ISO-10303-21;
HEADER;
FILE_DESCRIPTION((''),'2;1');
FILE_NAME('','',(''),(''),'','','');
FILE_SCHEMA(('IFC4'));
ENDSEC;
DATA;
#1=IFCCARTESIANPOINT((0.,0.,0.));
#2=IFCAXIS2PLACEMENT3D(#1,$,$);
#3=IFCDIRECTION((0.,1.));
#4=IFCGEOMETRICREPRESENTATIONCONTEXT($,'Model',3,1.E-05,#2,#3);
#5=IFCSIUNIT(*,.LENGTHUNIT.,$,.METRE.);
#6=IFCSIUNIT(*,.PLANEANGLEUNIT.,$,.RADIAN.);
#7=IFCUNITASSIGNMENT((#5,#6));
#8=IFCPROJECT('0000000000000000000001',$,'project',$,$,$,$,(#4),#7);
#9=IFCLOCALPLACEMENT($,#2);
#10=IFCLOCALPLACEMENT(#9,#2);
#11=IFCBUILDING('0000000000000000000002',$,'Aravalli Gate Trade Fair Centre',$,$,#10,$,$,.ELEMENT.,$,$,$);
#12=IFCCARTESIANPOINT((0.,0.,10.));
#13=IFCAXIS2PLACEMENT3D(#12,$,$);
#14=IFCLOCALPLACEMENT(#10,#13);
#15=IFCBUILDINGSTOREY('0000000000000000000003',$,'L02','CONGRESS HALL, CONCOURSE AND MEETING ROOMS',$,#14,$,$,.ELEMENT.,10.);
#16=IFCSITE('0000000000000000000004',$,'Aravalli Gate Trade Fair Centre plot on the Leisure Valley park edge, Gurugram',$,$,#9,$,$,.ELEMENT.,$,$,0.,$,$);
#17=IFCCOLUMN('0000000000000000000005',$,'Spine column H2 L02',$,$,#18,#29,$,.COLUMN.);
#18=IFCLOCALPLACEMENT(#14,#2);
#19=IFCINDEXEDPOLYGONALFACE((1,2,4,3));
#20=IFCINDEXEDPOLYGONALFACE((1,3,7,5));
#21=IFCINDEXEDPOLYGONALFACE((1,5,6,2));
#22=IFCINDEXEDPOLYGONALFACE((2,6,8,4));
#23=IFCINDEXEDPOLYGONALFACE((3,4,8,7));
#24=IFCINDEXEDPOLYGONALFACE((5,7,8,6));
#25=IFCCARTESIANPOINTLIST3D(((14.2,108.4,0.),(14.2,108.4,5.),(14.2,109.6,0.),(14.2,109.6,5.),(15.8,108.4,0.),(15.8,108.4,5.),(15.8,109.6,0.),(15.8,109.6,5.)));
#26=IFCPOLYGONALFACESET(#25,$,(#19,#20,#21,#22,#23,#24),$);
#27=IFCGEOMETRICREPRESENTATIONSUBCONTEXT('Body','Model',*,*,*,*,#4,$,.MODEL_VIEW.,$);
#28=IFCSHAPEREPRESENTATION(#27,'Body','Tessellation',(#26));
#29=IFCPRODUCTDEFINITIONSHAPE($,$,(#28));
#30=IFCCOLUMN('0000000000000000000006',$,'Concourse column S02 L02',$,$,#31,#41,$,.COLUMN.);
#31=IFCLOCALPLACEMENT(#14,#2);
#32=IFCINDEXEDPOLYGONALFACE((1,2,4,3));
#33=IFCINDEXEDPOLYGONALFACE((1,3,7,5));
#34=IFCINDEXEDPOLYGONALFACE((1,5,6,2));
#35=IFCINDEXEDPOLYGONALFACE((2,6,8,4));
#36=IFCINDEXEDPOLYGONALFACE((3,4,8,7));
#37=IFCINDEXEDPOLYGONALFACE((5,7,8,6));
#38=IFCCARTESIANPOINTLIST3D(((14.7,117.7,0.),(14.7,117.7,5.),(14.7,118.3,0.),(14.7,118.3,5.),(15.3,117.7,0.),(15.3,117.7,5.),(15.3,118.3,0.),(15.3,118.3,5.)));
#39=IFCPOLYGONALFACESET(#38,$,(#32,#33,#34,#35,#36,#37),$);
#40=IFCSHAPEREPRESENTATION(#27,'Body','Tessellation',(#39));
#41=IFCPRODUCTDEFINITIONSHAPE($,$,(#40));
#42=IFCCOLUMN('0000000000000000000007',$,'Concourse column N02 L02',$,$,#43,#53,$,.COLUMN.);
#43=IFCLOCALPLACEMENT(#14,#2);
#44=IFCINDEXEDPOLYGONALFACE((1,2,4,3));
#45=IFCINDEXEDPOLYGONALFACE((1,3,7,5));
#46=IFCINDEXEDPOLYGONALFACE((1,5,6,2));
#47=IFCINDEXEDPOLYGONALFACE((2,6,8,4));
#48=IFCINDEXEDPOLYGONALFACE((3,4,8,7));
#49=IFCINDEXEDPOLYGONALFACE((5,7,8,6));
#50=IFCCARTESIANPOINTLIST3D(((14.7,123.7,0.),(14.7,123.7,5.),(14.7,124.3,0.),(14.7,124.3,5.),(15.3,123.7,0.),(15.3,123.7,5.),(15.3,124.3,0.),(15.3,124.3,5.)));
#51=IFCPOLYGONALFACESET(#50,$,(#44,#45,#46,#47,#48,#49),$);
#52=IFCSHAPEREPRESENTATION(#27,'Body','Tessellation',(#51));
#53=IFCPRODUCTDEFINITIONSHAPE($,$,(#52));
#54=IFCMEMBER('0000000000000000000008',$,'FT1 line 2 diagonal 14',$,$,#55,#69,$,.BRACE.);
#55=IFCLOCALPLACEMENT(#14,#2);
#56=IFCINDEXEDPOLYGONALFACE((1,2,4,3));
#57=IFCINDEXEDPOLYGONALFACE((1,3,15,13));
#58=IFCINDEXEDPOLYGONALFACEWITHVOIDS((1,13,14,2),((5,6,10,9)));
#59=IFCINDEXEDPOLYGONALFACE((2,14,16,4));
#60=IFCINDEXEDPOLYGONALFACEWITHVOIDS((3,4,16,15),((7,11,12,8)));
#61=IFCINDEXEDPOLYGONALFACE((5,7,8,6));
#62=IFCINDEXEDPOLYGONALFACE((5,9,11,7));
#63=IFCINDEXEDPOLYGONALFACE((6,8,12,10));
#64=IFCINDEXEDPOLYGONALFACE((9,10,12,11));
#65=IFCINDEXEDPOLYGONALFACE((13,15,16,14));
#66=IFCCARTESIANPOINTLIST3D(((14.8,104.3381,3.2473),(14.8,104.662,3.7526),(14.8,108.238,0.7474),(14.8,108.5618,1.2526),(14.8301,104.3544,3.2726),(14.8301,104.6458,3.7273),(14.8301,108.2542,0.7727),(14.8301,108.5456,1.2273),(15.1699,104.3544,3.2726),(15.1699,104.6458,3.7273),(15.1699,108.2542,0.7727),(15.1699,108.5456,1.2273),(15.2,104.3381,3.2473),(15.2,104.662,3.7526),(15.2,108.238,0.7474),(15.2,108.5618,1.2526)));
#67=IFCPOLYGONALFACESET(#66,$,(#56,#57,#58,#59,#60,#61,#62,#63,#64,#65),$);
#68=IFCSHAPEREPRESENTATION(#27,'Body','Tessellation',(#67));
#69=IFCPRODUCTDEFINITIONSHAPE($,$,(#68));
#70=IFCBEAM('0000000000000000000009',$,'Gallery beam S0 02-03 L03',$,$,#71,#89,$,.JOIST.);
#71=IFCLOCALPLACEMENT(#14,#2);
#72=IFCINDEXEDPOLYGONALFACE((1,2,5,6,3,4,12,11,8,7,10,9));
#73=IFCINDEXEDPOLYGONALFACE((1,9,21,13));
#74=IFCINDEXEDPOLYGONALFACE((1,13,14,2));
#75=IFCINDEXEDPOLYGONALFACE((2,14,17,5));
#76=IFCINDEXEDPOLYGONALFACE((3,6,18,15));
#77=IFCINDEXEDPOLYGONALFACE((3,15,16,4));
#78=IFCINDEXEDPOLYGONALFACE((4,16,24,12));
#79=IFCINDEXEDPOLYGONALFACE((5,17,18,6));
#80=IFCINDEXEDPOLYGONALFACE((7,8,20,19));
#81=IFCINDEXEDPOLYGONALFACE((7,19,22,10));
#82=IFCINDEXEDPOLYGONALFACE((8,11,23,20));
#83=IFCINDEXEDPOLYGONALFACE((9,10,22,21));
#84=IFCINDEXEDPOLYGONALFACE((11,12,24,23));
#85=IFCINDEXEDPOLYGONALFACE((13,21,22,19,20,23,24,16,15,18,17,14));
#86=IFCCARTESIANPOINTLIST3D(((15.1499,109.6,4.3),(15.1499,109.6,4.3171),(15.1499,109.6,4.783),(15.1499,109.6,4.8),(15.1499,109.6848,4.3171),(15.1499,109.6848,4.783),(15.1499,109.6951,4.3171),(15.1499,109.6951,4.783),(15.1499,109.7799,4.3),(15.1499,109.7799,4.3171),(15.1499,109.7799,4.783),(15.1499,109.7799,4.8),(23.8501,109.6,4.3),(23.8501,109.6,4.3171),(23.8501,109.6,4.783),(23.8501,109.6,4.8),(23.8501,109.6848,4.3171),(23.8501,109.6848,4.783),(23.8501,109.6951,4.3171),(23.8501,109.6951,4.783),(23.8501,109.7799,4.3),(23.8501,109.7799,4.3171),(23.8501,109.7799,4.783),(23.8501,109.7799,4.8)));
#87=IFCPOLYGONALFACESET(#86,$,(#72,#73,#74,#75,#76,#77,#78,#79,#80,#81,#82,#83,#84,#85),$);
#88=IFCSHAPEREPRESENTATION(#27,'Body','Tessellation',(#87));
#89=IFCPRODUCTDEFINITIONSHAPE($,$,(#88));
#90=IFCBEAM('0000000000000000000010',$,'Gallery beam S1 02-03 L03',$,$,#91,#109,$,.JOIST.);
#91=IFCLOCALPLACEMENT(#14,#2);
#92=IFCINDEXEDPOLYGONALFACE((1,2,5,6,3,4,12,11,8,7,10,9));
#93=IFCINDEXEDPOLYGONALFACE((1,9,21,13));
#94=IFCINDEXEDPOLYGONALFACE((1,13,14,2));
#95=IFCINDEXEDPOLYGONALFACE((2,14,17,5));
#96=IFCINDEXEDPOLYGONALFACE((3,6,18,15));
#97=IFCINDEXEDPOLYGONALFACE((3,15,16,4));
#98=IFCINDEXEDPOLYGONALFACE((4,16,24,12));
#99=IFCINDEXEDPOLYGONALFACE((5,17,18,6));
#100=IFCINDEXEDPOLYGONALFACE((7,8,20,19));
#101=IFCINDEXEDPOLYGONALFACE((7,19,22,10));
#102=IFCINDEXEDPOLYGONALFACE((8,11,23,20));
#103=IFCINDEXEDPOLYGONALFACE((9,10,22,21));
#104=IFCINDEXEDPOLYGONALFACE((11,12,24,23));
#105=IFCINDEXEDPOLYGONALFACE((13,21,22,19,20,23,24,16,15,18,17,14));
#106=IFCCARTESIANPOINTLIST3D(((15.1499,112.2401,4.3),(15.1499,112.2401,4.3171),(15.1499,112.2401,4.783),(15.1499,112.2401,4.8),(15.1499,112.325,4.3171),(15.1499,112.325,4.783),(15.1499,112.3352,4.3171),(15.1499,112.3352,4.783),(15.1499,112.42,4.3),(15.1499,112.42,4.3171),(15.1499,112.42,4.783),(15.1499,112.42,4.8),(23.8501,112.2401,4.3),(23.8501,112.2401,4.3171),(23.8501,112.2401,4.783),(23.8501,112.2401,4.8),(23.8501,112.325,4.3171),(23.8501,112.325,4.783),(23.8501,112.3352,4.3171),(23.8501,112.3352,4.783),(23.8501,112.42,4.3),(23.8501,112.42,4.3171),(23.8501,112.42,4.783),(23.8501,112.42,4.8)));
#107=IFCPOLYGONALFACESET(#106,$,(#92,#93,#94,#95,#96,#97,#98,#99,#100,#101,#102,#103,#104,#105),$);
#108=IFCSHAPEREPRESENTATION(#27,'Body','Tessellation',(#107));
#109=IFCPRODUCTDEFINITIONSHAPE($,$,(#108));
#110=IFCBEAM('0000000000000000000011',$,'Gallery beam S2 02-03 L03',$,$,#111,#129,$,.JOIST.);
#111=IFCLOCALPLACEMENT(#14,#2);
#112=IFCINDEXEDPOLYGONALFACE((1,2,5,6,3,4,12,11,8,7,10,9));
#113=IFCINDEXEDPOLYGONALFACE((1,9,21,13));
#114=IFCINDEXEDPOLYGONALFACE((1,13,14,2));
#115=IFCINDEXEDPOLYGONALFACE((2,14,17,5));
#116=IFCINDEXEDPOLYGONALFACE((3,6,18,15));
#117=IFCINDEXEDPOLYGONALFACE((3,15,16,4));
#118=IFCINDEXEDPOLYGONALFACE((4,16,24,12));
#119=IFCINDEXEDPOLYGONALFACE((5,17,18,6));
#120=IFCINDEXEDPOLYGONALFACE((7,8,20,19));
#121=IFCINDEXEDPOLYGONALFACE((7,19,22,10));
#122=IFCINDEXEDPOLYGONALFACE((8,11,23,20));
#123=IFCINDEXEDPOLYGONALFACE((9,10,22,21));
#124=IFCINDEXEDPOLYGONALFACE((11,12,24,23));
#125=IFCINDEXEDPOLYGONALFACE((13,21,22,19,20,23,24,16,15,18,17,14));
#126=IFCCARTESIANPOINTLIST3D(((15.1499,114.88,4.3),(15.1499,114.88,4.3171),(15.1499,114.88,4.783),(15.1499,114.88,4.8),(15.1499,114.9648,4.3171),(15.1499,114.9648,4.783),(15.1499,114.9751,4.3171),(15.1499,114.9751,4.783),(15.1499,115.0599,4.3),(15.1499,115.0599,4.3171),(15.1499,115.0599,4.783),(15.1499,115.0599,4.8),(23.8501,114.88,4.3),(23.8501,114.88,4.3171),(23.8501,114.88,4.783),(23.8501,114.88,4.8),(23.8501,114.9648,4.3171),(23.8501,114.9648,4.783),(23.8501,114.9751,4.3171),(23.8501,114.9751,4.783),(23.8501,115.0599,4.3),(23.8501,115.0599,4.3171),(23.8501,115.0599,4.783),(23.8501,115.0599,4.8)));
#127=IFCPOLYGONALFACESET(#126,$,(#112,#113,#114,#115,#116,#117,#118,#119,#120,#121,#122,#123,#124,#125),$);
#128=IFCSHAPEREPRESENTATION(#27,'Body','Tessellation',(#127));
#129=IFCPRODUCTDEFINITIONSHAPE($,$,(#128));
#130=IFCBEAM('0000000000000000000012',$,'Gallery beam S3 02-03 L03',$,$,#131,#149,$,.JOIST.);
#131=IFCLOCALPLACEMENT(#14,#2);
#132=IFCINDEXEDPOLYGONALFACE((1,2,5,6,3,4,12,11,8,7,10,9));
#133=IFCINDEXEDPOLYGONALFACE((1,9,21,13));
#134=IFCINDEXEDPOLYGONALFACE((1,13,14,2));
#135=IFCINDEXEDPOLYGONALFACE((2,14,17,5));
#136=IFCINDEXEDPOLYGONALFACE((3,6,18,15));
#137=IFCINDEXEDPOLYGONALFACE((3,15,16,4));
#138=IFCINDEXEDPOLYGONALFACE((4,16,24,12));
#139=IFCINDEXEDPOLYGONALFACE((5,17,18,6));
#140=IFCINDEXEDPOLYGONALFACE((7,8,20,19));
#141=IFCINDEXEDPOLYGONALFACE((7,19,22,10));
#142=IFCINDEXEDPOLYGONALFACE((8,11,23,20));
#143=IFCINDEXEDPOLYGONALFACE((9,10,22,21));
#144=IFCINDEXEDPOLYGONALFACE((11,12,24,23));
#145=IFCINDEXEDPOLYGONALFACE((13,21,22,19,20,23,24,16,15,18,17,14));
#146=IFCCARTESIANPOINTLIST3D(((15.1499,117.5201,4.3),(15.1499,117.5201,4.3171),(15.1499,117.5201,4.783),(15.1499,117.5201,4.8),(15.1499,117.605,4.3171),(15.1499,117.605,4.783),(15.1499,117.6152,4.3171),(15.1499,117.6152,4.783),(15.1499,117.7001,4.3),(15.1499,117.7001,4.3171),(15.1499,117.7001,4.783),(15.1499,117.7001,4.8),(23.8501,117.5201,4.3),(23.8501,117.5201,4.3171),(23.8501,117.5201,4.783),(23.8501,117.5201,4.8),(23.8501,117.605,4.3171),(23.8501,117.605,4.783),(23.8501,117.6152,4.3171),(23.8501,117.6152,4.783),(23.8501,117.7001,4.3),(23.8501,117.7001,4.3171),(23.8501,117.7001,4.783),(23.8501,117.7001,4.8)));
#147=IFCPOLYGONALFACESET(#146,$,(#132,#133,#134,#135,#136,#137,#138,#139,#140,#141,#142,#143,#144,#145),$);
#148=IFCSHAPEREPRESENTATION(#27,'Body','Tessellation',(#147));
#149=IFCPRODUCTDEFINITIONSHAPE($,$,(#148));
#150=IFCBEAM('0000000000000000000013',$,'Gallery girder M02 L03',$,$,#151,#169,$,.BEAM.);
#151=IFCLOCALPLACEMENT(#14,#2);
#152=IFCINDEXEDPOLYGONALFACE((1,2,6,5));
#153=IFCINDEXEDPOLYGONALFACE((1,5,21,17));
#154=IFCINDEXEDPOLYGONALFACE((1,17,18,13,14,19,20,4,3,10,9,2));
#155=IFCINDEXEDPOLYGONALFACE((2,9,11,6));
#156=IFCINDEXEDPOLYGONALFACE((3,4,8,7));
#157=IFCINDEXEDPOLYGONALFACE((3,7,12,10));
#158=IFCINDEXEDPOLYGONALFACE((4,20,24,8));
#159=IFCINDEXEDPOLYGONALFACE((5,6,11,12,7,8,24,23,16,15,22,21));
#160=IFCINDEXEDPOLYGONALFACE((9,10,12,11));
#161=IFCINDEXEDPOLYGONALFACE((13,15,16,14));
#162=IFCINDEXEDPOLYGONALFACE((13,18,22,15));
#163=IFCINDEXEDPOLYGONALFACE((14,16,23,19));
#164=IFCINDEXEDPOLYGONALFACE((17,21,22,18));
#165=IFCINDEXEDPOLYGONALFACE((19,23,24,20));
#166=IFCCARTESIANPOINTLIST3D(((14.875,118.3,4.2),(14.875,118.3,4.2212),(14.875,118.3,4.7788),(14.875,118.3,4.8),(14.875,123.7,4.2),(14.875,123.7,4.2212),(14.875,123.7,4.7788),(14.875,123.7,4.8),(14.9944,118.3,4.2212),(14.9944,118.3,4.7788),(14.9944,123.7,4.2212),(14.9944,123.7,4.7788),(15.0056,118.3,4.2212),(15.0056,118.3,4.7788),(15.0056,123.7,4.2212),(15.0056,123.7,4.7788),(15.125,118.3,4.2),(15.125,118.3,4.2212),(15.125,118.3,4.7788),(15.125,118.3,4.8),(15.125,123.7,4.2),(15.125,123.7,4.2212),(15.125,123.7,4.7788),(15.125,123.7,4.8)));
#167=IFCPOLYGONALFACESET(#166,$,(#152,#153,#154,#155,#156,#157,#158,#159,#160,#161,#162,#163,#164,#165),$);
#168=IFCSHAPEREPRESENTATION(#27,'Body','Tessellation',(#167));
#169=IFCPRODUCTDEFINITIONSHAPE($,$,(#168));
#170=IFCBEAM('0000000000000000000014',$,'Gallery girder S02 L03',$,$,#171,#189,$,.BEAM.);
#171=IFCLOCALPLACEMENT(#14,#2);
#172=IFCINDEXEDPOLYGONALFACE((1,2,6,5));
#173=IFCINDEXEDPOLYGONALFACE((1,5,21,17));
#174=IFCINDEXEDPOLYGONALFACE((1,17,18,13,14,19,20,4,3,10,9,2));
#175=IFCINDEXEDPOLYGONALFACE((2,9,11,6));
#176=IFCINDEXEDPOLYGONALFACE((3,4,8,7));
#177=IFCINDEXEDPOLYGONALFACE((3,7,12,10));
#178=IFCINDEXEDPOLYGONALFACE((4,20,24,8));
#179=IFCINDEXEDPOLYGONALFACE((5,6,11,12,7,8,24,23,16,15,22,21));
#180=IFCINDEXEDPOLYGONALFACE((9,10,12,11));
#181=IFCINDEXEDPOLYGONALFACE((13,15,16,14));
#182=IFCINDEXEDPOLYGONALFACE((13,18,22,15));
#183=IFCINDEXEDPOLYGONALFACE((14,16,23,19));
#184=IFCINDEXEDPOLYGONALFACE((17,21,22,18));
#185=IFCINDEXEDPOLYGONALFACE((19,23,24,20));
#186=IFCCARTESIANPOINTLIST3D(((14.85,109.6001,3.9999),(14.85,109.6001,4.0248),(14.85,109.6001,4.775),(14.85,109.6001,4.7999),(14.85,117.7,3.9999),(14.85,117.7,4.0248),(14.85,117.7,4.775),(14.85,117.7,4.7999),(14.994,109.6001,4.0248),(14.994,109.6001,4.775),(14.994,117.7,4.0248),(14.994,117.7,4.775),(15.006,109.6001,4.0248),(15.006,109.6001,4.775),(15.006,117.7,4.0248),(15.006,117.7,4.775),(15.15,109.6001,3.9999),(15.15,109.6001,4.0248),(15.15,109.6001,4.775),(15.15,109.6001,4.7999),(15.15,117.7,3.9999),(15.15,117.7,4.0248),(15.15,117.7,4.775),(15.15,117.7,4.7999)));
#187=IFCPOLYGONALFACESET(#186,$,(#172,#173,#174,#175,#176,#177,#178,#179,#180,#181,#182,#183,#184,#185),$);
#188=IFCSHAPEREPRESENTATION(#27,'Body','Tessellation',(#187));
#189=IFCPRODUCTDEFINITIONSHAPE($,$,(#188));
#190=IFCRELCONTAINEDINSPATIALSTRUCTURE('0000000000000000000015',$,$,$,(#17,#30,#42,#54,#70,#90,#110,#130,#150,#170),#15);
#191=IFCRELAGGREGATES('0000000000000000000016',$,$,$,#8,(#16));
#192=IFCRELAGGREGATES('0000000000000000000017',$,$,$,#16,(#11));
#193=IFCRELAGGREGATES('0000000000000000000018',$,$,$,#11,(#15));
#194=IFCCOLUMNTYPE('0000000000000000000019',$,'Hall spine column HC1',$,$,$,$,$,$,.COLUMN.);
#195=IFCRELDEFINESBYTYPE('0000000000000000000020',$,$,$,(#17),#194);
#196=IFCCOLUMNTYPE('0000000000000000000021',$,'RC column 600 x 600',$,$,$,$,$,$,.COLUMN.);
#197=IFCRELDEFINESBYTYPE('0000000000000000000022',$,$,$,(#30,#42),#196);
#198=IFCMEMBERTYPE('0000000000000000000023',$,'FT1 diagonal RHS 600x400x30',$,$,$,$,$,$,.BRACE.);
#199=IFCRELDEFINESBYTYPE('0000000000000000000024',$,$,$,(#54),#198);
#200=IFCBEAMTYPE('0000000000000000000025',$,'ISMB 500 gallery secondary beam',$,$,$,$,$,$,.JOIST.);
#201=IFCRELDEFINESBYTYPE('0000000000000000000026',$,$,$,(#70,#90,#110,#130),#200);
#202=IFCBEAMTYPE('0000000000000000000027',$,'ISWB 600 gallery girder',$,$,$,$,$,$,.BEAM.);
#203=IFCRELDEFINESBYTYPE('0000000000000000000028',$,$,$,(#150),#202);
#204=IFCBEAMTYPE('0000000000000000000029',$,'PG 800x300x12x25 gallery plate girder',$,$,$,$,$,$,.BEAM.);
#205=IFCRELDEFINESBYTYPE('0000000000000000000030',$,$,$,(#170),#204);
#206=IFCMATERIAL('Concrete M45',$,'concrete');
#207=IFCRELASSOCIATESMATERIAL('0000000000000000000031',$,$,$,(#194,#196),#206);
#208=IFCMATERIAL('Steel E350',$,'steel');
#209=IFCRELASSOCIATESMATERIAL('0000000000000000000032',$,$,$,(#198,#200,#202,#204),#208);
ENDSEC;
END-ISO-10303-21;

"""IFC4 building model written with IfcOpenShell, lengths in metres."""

from ifc_helpers import new_model, si_unit, direction, frame, origin, origin_2d, place, context, subcontext, project, spatial, rectangle, hollow_rectangle, i_section, extrude, material, material_profile, profile_set, type_object, element, save


model = new_model("IFC4")

# Units and contexts
model_context = context("Model", 3, precision=1e-05, world=origin(), true_north=direction((0.0, 1.0)))
body_context = subcontext(model_context, "Body", "Model", "MODEL_VIEW")
ifc_project = project(units=[si_unit("LENGTHUNIT", "METRE"), si_unit("PLANEANGLEUNIT", "RADIAN")], contexts=[model_context])

# Site, building, storey
site_placement = place(None, origin())
site = spatial("IfcSite", under=ifc_project, at=site_placement, Name="Aravalli Gate Trade Fair Centre plot on the Leisure Valley park edge, Gurugram", CompositionType="ELEMENT", RefElevation=0.0)
building_placement = place(site_placement, origin())
building = spatial("IfcBuilding", under=site, at=building_placement, Name="Aravalli Gate Trade Fair Centre", CompositionType="ELEMENT")
storey_placement = place(building_placement, frame((0.0, 0.0, 10.0)))
storey = spatial("IfcBuildingStorey", under=building, at=storey_placement, Name="L02", Description="CONGRESS HALL, CONCOURSE AND MEETING ROOMS", CompositionType="ELEMENT", Elevation=10.0)

# Columns
ifc_material_1 = material(Name="Concrete M45", Category="concrete")
ifc_material_profile_1 = material_profile(ifc_material_1, rectangle(XDim=1.6001, YDim=1.2, at=origin_2d()), Name="RC 1600x1200")
ifc_profile_set_1 = profile_set([ifc_material_profile_1], Name="Concrete M45")
column_type_1 = type_object("IfcColumnType", Name="Hall spine column HC1", PredefinedType="COLUMN", material=ifc_profile_set_1)
column_placement = place(storey_placement, frame((15.0, 109.0, 0.0), z_axis=(0.0, 0.0, 1.0), x_axis=(1.0, 0.0, 0.0)))
element("IfcColumn", 1, at=column_placement, inside=storey, type_object=column_type_1, Name="Spine column H2 L02", PredefinedType="COLUMN", context=body_context, shape_type="SweptSolid", body=[
    extrude(rectangle(XDim=1.6001, YDim=1.2, at=origin_2d()), origin(), (0.0, 0.0, 1.0), 5.0),
])
ifc_material_profile_2 = material_profile(ifc_material_1, rectangle(XDim=0.6001, YDim=0.6001, at=origin_2d()), Name="RC column 600 x 600")
ifc_profile_set_2 = profile_set([ifc_material_profile_2], Name="Concrete M45")
column_type_2 = type_object("IfcColumnType", Name="RC column 600 x 600", PredefinedType="COLUMN", material=ifc_profile_set_2)
for number, where, z_axis, x_axis, name in (
    (2, (15.0, 118.0, 0.0), (0.0, 0.0, 1.0), (1.0, 0.0, 0.0), "Concourse column S02 L02"),
    (3, (15.0, 124.0, 0.0), (0.0, 0.0, 1.0), (1.0, 0.0, 0.0), "Concourse column N02 L02"),
):
    element("IfcColumn", number, at=place(storey_placement, frame(where, z_axis=z_axis, x_axis=x_axis)), inside=storey, type_object=column_type_2, Name=name, PredefinedType="COLUMN", context=body_context, shape_type="SweptSolid", body=[
        extrude(rectangle(XDim=0.6001, YDim=0.6001, at=origin_2d()), origin(), (0.0, 0.0, 1.0), 5.0),
    ])

# Member
ifc_material_2 = material(Name="Steel E350", Category="steel")
ifc_material_profile_3 = material_profile(ifc_material_2, hollow_rectangle(XDim=0.3999, YDim=0.6001, WallThickness=0.03, at=origin_2d()), Name="RHS 600x400x30")
ifc_profile_set_3 = profile_set([ifc_material_profile_3], Name="Steel E350")
member_type = type_object("IfcMemberType", Name="FT1 diagonal RHS 600x400x30", PredefinedType="BRACE", material=ifc_profile_set_3)
member_placement = place(storey_placement, frame((15.0, 108.3999, 1.0), z_axis=(0.0, -0.841873, 0.539676), x_axis=(1.0, 0.0, 0.0)))
element("IfcMember", 4, at=member_placement, inside=storey, type_object=member_type, Name="FT1 line 2 diagonal 14", PredefinedType="BRACE", context=body_context, shape_type="SweptSolid", body=[
    extrude(hollow_rectangle(XDim=0.3999, YDim=0.6001, WallThickness=0.03, at=origin_2d()), origin(), (0.0, 0.0, 1.0), 4.6323),
])

# Beams
ifc_material_profile_4 = material_profile(ifc_material_2, i_section(OverallWidth=0.1799, OverallDepth=0.5, WebThickness=0.0103, FlangeThickness=0.0171, at=origin_2d()), Name="ISMB 500")
ifc_profile_set_4 = profile_set([ifc_material_profile_4], Name="Steel E350")
beam_type_1 = type_object("IfcBeamType", Name="ISMB 500 gallery secondary beam", PredefinedType="JOIST", material=ifc_profile_set_4)
for number, where, z_axis, x_axis, name in (
    (5, (15.1499, 109.6899, 4.55), (1.0, 0.0, 0.0), (0.0, 1.0, 0.0), "Gallery beam S0 02-03 L03"),
    (6, (15.1499, 112.3301, 4.55), (1.0, 0.0, 0.0), (0.0, 1.0, 0.0), "Gallery beam S1 02-03 L03"),
    (7, (15.1499, 114.97, 4.55), (1.0, 0.0, 0.0), (0.0, 1.0, 0.0), "Gallery beam S2 02-03 L03"),
    (8, (15.1499, 117.6101, 4.55), (1.0, 0.0, 0.0), (0.0, 1.0, 0.0), "Gallery beam S3 02-03 L03"),
):
    element("IfcBeam", number, at=place(storey_placement, frame(where, z_axis=z_axis, x_axis=x_axis)), inside=storey, type_object=beam_type_1, Name=name, PredefinedType="JOIST", context=body_context, shape_type="SweptSolid", body=[
        extrude(i_section(OverallWidth=0.1799, OverallDepth=0.5, WebThickness=0.0103, FlangeThickness=0.0171, at=origin_2d()), origin(), (0.0, 0.0, 1.0), 8.7002),
    ])
ifc_material_profile_5 = material_profile(ifc_material_2, i_section(OverallWidth=0.25, OverallDepth=0.6001, WebThickness=0.0112, FlangeThickness=0.0212, at=origin_2d()), Name="ISWB 600")
ifc_profile_set_5 = profile_set([ifc_material_profile_5], Name="Steel E350")
beam_type_2 = type_object("IfcBeamType", Name="ISWB 600 gallery girder", PredefinedType="BEAM", material=ifc_profile_set_5)
beam_1_placement = place(storey_placement, frame((15.0, 118.3, 4.5), z_axis=(0.0, 1.0, 0.0), x_axis=(-1.0, 0.0, 0.0)))
element("IfcBeam", 9, at=beam_1_placement, inside=storey, type_object=beam_type_2, Name="Gallery girder M02 L03", PredefinedType="BEAM", context=body_context, shape_type="SweptSolid", body=[
    extrude(i_section(OverallWidth=0.25, OverallDepth=0.6001, WebThickness=0.0112, FlangeThickness=0.0212, at=origin_2d()), origin(), (0.0, 0.0, 1.0), 5.3999),
])
ifc_material_profile_6 = material_profile(ifc_material_2, i_section(OverallWidth=0.3, OverallDepth=0.8, WebThickness=0.012, FlangeThickness=0.0249, at=origin_2d()), Name="PG 800x300x12x25")
ifc_profile_set_6 = profile_set([ifc_material_profile_6], Name="Steel E350")
beam_type_3 = type_object("IfcBeamType", Name="PG 800x300x12x25 gallery plate girder", PredefinedType="BEAM", material=ifc_profile_set_6)
beam_2_placement = place(storey_placement, frame((15.0, 109.6001, 4.3999), z_axis=(0.0, 1.0, 0.0), x_axis=(-1.0, 0.0, 0.0)))
element("IfcBeam", 10, at=beam_2_placement, inside=storey, type_object=beam_type_3, Name="Gallery girder S02 L03", PredefinedType="BEAM", context=body_context, shape_type="SweptSolid", body=[
    extrude(i_section(OverallWidth=0.3, OverallDepth=0.8, WebThickness=0.012, FlangeThickness=0.0249, at=origin_2d()), origin(), (0.0, 0.0, 1.0), 8.0999),
])

save(model, "model.ifc")
